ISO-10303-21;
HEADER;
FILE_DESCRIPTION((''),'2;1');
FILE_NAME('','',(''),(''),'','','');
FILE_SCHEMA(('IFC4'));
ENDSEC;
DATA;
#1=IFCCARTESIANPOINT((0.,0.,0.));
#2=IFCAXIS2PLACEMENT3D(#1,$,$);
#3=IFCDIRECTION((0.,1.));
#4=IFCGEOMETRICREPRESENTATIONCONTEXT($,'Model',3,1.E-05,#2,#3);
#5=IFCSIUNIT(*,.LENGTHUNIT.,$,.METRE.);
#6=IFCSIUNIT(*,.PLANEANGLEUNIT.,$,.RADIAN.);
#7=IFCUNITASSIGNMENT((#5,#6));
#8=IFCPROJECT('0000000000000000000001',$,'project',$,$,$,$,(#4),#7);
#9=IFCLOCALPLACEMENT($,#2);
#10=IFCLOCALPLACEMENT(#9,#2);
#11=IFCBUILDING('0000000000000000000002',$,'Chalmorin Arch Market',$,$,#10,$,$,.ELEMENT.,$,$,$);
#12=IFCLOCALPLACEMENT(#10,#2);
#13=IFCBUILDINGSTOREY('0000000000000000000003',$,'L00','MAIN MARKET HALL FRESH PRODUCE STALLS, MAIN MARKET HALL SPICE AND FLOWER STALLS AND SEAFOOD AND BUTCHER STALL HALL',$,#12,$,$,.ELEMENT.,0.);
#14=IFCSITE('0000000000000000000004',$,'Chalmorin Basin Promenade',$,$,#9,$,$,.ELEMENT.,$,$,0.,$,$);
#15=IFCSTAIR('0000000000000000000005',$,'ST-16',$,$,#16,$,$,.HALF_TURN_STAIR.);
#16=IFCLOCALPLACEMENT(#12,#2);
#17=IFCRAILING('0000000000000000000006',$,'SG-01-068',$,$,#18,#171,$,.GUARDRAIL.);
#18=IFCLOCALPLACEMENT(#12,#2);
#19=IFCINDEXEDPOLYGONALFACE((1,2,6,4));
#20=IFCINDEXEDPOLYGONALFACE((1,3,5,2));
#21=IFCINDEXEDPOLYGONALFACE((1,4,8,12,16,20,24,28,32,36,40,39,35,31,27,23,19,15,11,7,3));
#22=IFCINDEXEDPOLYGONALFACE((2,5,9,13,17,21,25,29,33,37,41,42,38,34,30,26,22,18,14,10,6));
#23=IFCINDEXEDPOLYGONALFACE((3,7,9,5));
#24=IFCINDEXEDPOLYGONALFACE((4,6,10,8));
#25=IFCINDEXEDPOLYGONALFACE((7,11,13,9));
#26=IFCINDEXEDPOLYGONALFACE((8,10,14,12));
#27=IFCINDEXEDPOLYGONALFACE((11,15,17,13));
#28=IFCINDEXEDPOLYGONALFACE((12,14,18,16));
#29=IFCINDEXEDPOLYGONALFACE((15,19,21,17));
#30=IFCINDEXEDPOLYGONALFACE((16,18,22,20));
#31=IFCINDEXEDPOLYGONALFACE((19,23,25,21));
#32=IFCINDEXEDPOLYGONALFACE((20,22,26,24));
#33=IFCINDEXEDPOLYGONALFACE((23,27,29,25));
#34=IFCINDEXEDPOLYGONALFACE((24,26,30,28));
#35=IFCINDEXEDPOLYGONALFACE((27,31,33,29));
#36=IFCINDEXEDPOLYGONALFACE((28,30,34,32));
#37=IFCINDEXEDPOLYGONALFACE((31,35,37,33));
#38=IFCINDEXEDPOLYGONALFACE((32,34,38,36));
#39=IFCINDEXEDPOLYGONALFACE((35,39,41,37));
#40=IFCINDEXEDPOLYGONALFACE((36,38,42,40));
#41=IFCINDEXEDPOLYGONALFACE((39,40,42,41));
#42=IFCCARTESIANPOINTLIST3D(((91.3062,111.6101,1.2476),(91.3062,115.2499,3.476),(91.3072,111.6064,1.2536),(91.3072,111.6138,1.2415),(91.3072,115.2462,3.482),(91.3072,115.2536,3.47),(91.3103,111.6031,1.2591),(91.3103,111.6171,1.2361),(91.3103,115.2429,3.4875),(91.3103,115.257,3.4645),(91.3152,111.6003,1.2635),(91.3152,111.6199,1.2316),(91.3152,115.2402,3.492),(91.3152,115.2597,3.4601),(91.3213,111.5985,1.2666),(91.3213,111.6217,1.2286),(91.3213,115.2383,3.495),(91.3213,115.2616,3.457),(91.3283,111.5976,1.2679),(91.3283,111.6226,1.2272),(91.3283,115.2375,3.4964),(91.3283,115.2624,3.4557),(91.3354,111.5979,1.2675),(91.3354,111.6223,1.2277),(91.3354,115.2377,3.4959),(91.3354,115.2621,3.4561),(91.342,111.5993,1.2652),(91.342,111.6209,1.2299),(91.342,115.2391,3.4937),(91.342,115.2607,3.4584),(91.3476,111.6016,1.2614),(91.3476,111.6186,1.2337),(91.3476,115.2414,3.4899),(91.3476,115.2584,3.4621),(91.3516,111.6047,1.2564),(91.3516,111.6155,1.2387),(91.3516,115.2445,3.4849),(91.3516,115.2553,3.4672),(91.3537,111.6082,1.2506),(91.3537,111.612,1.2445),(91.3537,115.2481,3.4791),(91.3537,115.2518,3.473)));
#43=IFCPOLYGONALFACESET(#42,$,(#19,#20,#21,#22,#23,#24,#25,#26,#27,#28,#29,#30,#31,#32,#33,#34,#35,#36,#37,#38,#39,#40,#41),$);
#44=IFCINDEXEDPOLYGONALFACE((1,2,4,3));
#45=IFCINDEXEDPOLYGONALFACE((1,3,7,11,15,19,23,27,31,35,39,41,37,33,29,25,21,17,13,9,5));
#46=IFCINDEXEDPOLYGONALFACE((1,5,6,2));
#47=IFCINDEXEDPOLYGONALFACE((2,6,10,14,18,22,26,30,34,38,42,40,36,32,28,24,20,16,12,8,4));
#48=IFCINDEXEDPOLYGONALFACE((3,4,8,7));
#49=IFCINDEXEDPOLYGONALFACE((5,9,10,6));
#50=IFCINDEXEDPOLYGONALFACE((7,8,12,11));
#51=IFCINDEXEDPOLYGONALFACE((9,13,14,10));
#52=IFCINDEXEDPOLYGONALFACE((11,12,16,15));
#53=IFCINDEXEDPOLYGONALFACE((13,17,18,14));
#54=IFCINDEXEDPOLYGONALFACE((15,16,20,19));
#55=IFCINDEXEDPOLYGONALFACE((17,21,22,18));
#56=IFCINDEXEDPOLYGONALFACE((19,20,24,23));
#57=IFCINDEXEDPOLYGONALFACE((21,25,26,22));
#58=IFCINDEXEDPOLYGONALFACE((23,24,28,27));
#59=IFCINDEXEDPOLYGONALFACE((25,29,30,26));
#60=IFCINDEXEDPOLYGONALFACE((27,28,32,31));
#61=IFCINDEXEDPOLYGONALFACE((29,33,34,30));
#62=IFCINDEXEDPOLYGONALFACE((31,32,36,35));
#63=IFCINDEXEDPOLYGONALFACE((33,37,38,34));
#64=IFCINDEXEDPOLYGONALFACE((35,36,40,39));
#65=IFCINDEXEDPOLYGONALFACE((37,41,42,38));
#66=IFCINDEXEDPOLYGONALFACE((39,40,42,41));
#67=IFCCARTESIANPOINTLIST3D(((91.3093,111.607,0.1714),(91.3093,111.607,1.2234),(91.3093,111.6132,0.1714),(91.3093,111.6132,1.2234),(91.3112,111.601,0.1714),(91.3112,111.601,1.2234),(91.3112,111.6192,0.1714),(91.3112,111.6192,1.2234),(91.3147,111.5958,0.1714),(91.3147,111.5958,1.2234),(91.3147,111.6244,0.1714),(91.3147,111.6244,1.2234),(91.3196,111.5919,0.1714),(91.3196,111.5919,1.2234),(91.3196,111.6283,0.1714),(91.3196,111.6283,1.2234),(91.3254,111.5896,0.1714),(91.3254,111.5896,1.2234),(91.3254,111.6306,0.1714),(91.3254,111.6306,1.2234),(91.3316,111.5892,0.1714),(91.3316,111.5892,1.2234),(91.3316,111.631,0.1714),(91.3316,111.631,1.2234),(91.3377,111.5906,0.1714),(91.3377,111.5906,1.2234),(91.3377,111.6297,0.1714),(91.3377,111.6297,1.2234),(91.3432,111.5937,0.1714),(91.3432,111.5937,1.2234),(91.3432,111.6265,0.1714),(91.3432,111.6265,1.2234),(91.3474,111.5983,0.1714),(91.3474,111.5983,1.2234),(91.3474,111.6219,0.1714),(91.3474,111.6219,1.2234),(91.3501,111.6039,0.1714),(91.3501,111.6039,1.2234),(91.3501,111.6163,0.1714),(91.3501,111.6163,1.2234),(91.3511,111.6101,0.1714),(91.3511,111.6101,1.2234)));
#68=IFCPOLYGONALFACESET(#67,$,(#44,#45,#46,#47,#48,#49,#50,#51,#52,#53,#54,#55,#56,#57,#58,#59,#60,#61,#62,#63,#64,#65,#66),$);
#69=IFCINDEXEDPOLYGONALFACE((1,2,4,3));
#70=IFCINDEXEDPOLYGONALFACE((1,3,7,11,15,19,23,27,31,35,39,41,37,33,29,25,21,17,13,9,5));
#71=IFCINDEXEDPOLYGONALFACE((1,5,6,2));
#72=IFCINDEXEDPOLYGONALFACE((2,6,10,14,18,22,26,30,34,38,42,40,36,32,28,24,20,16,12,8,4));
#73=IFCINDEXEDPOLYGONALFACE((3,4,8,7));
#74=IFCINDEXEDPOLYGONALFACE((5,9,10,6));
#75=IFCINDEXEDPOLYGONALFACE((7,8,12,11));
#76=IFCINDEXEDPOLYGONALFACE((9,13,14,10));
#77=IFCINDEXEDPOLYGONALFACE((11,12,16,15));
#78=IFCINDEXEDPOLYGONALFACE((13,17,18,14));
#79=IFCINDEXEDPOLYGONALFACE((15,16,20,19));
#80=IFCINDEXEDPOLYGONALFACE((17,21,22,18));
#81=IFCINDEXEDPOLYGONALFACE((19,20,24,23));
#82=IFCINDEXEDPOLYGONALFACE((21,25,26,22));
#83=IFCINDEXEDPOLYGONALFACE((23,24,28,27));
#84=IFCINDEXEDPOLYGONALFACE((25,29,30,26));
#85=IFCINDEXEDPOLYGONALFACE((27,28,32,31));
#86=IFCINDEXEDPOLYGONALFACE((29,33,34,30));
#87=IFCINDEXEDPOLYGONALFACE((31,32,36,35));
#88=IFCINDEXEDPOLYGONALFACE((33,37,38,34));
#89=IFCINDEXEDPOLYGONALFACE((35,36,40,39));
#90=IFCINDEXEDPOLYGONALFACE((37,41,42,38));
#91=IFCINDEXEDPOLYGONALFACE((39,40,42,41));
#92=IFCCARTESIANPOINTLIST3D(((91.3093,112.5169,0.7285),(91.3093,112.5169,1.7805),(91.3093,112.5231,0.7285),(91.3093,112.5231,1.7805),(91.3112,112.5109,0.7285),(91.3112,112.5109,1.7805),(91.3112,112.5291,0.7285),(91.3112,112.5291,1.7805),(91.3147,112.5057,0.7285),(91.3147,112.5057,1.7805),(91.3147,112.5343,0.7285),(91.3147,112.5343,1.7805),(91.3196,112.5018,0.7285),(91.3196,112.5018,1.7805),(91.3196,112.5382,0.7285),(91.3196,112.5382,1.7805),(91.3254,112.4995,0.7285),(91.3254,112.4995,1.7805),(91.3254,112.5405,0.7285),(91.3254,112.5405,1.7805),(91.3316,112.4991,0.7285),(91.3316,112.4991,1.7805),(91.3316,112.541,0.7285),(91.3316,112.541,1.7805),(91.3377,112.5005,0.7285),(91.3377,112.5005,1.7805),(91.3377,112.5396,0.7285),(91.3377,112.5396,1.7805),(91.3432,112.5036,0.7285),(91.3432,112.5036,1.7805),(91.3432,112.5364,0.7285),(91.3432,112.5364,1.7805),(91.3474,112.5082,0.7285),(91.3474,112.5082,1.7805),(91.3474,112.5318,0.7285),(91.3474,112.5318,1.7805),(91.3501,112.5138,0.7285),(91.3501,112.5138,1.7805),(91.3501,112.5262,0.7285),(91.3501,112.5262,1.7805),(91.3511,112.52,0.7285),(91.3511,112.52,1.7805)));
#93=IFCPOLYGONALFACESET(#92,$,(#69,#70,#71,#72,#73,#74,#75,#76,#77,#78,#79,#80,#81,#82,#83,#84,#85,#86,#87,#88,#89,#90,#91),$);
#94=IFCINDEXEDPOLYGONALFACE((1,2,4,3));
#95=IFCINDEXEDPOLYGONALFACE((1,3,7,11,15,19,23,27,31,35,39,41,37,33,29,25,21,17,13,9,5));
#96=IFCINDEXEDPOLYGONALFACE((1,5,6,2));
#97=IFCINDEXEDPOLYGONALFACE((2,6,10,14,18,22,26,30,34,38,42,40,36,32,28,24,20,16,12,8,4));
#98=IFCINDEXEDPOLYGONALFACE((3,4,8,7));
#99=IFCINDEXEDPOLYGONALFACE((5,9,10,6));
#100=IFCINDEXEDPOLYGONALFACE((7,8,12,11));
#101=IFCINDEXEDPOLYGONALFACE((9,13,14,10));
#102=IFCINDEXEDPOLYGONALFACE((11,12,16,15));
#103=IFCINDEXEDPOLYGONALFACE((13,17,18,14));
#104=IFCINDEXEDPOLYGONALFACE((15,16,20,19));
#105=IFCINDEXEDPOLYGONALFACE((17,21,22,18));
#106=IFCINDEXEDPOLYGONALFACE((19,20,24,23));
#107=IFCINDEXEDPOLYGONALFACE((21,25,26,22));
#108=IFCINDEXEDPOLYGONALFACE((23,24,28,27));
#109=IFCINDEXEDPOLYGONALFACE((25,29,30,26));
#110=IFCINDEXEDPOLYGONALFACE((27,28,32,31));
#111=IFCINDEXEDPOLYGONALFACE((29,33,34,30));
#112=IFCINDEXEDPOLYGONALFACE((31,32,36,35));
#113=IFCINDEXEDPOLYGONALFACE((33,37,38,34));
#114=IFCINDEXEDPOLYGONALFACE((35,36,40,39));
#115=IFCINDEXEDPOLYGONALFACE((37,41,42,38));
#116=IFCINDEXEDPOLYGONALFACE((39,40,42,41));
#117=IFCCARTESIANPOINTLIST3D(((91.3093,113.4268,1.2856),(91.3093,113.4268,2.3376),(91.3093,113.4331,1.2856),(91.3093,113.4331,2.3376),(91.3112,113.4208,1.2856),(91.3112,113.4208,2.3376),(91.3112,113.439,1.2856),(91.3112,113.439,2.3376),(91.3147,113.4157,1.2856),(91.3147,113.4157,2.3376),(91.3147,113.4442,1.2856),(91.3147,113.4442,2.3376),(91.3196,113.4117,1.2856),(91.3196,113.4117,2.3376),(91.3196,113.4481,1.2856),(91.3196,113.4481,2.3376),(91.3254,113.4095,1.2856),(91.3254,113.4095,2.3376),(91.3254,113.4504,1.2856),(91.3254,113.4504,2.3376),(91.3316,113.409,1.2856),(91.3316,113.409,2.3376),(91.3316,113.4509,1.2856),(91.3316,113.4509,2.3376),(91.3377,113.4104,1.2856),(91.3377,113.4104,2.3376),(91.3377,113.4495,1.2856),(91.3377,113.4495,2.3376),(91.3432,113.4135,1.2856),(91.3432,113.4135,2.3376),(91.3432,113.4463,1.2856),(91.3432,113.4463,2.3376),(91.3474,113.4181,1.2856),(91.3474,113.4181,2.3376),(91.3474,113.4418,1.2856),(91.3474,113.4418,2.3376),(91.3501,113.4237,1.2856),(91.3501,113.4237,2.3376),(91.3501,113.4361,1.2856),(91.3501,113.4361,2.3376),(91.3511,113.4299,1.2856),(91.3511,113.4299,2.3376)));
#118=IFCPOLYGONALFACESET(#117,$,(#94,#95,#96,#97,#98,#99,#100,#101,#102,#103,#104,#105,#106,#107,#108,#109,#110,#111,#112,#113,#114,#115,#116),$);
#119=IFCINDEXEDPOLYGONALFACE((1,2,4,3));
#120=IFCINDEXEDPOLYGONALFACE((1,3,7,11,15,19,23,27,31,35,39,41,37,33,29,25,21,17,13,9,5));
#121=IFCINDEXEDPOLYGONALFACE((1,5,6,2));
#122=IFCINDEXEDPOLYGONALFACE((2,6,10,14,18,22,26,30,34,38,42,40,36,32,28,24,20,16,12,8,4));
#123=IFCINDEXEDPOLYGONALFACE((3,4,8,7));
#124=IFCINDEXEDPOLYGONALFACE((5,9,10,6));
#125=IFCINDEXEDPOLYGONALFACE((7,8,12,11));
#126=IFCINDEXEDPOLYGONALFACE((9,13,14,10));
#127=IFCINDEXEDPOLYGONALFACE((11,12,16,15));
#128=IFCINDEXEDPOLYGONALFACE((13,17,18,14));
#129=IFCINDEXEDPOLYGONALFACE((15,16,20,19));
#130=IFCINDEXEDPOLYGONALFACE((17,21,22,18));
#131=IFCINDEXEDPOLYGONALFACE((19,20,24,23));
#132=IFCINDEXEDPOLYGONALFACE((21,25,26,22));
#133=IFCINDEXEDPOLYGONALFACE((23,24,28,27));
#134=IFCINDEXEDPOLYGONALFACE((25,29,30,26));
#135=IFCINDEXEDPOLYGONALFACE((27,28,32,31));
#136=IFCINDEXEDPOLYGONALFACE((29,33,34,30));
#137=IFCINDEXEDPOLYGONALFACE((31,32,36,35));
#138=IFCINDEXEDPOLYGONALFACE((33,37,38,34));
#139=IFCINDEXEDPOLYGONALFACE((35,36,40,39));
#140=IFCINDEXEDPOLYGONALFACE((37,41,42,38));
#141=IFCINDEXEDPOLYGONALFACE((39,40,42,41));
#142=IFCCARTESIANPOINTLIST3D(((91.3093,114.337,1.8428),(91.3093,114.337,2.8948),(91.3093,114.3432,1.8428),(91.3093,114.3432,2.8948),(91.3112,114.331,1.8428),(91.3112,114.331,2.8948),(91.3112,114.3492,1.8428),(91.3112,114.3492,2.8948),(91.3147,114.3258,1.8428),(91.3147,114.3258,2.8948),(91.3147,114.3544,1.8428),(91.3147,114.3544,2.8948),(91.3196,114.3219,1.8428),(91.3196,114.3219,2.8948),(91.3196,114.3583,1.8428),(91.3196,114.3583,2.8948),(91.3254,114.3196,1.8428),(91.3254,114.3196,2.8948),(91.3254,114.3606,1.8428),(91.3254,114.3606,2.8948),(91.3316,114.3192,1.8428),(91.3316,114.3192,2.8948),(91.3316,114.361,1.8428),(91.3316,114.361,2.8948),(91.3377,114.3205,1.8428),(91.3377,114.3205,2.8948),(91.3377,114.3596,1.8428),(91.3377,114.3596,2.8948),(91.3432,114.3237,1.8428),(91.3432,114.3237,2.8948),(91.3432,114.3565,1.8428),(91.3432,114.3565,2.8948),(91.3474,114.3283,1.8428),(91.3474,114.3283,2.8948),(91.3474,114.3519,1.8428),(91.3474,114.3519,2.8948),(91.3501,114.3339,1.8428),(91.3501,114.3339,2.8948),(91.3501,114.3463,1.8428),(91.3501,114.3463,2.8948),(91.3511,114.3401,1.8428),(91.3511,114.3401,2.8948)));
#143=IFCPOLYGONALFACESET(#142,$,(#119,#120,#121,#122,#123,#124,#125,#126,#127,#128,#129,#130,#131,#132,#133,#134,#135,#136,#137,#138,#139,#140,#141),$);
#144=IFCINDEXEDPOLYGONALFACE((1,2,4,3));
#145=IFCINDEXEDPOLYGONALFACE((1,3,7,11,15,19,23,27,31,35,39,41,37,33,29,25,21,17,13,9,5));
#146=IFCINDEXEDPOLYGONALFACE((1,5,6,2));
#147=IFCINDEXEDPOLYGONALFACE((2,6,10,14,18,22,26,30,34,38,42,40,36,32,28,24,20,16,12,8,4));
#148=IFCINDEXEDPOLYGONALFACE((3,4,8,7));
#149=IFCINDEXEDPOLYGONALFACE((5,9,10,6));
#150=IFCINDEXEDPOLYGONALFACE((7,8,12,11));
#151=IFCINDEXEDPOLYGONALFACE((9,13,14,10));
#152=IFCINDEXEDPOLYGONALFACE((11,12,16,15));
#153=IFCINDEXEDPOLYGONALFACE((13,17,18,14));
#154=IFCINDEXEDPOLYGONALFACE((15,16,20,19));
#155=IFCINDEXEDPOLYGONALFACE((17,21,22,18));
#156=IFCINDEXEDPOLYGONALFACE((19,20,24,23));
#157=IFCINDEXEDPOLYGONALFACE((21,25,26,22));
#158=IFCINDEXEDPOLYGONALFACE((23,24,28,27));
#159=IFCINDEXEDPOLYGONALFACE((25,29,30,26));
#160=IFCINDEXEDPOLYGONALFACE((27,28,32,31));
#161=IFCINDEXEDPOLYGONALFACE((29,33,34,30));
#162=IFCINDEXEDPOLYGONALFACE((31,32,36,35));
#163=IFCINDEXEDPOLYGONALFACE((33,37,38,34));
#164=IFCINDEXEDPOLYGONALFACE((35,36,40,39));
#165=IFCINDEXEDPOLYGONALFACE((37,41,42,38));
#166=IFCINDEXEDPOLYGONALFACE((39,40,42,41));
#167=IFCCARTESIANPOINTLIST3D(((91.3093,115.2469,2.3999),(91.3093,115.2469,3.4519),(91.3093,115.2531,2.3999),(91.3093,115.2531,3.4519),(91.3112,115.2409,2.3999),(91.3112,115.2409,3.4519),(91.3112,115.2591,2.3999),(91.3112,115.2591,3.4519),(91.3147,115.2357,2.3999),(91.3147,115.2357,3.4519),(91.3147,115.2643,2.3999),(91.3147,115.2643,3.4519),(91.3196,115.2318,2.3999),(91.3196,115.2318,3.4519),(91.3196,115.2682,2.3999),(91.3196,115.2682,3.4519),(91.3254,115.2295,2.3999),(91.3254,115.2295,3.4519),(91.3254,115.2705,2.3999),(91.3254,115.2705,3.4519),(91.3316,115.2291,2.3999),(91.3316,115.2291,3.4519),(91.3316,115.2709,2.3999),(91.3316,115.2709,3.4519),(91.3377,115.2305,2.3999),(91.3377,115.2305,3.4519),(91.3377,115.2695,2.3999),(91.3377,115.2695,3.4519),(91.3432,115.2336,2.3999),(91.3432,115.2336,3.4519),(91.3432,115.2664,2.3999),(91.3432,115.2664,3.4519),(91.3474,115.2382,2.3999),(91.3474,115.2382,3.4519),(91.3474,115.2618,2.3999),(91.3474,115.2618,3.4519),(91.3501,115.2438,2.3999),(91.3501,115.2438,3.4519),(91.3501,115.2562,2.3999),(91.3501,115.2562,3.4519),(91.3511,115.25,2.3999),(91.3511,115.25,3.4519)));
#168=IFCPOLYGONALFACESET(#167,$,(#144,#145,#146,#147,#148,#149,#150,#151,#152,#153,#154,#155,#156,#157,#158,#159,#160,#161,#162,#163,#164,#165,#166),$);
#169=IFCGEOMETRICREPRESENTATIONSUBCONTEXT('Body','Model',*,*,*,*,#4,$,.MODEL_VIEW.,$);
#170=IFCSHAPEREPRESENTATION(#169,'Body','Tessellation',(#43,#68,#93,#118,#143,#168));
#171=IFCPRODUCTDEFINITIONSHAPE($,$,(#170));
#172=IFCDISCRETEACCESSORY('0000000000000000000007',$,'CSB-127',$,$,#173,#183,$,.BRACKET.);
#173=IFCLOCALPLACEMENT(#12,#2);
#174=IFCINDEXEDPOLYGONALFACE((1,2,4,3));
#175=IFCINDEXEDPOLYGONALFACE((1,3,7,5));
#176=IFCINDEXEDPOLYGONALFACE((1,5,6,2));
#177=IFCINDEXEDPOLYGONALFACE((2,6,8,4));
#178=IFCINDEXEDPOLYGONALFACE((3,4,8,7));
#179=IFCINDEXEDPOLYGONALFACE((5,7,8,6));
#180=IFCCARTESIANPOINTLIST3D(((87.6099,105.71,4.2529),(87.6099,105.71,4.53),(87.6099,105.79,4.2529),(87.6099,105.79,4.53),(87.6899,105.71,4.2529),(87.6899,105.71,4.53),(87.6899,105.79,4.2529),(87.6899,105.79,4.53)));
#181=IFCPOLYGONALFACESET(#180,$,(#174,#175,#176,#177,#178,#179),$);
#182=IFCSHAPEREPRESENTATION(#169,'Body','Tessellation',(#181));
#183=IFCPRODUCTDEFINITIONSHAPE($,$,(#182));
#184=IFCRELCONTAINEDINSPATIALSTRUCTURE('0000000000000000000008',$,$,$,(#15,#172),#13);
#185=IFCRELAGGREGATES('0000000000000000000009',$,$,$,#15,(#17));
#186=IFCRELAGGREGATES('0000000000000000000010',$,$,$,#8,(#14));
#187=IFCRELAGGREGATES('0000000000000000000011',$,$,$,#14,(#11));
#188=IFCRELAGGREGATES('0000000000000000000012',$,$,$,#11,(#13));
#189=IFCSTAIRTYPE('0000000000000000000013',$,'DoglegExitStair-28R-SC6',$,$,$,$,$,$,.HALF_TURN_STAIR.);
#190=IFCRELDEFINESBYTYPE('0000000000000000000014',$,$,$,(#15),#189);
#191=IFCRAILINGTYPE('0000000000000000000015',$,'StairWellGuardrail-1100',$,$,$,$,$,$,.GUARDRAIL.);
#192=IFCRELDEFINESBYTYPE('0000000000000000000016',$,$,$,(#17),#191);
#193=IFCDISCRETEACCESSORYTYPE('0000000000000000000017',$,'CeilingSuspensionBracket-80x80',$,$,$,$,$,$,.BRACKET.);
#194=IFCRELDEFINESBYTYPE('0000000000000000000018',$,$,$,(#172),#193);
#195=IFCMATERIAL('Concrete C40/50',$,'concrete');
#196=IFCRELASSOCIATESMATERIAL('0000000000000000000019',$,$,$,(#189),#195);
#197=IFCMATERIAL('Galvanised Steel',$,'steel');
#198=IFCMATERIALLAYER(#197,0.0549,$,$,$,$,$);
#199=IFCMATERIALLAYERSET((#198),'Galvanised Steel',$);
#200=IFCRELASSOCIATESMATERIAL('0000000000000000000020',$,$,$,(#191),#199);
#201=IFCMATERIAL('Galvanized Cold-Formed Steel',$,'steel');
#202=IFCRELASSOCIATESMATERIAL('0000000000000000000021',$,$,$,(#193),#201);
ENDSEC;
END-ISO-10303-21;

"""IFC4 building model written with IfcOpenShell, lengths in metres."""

from ifc_helpers import new_model, si_unit, direction, frame, origin, origin_2d, place, context, subcontext, project, spatial, rectangle, circle, extrude, material, layer, layer_set, type_object, element, aggregate, save


model = new_model("IFC4")

# Units and contexts
model_context = context("Model", 3, precision=1e-05, world=origin(), true_north=direction((0.0, 1.0)))
body_context = subcontext(model_context, "Body", "Model", "MODEL_VIEW")
ifc_project = project(units=[si_unit("LENGTHUNIT", "METRE"), si_unit("PLANEANGLEUNIT", "RADIAN")], contexts=[model_context])

# Site, building, storey
site_placement = place(None, origin())
site = spatial("IfcSite", under=ifc_project, at=site_placement, Name="Chalmorin Basin Promenade", CompositionType="ELEMENT", RefElevation=0.0)
building_placement = place(site_placement, origin())
building = spatial("IfcBuilding", under=site, at=building_placement, Name="Chalmorin Arch Market", CompositionType="ELEMENT")
storey_placement = place(building_placement, origin())
storey = spatial("IfcBuildingStorey", under=building, at=storey_placement, Name="L00", Description="MAIN MARKET HALL FRESH PRODUCE STALLS, MAIN MARKET HALL SPICE AND FLOWER STALLS AND SEAFOOD AND BUTCHER STALL HALL", CompositionType="ELEMENT", Elevation=0.0)

# Shared definitions
ifc_material_1 = material(Name="Concrete C40/50", Category="concrete")

# Shared definitions
ifc_material_2 = material(Name="Galvanised Steel", Category="steel")

# Stair, railing
stair_type = type_object("IfcStairType", Name="DoglegExitStair-28R-SC6", PredefinedType="HALF_TURN_STAIR", material=ifc_material_1)
stair_placement = place(storey_placement, origin())
stair = element("IfcStair", 1, at=stair_placement, inside=storey, type_object=stair_type, Name="ST-16", PredefinedType="HALF_TURN_STAIR")
ifc_layer_1 = layer(ifc_material_2, 0.0549)
ifc_layer_set_1 = layer_set([ifc_layer_1], Name="Galvanised Steel")
railing_type_1 = type_object("IfcRailingType", Name="StairWellGuardrail-1100", PredefinedType="GUARDRAIL", material=ifc_layer_set_1)
railing_1_placement = place(storey_placement, frame((91.3301, 111.6101, 0.1714)))
railing_1 = element("IfcRailing", 2, at=railing_1_placement, type_object=railing_type_1, Name="SG-01-068", PredefinedType="GUARDRAIL", context=body_context, shape_type="SweptSolid", body=[
    extrude(circle(Radius=0.0239, at=origin_2d()), frame((0.0, 0.0, 1.0762), z_axis=(0.0, 0.85285, 0.522156), x_axis=(-1.0, 0.0, 0.0)), (0.0, 0.0, 1.0), 4.2678),
    extrude(circle(Radius=0.021, at=origin_2d()), origin(), (0.0, 0.0, 1.0), 1.052),
    extrude(circle(Radius=0.021, at=origin_2d()), frame((0.0, 0.9099, 0.5571)), (0.0, 0.0, 1.0), 1.052),
    extrude(circle(Radius=0.021, at=origin_2d()), frame((0.0, 1.8198, 1.1143)), (0.0, 0.0, 1.0), 1.052),
    extrude(circle(Radius=0.021, at=origin_2d()), frame((0.0, 2.73, 1.6714)), (0.0, 0.0, 1.0), 1.052),
    extrude(circle(Radius=0.021, at=origin_2d()), frame((0.0, 3.6399, 2.2285)), (0.0, 0.0, 1.0), 1.052),
])
aggregate(stair, [railing_1])

# Discrete accessory
ifc_material_3 = material(Name="Galvanized Cold-Formed Steel", Category="steel")
discrete_accessory_type = type_object("IfcDiscreteAccessoryType", Name="CeilingSuspensionBracket-80x80", PredefinedType="BRACKET", material=ifc_material_3)
discrete_accessory_placement = place(storey_placement, frame((87.6499, 105.75, 4.2529), z_axis=(0.0, 0.0, 1.0), x_axis=(1.0, 0.0, 0.0)))
element("IfcDiscreteAccessory", 3, at=discrete_accessory_placement, inside=storey, type_object=discrete_accessory_type, Name="CSB-127", PredefinedType="BRACKET", context=body_context, shape_type="SweptSolid", body=[
    extrude(rectangle(XDim=0.0801, YDim=0.0801, at=origin_2d()), origin(), (0.0, 0.0, 1.0), 0.2771),
])

save(model, "model.ifc")
